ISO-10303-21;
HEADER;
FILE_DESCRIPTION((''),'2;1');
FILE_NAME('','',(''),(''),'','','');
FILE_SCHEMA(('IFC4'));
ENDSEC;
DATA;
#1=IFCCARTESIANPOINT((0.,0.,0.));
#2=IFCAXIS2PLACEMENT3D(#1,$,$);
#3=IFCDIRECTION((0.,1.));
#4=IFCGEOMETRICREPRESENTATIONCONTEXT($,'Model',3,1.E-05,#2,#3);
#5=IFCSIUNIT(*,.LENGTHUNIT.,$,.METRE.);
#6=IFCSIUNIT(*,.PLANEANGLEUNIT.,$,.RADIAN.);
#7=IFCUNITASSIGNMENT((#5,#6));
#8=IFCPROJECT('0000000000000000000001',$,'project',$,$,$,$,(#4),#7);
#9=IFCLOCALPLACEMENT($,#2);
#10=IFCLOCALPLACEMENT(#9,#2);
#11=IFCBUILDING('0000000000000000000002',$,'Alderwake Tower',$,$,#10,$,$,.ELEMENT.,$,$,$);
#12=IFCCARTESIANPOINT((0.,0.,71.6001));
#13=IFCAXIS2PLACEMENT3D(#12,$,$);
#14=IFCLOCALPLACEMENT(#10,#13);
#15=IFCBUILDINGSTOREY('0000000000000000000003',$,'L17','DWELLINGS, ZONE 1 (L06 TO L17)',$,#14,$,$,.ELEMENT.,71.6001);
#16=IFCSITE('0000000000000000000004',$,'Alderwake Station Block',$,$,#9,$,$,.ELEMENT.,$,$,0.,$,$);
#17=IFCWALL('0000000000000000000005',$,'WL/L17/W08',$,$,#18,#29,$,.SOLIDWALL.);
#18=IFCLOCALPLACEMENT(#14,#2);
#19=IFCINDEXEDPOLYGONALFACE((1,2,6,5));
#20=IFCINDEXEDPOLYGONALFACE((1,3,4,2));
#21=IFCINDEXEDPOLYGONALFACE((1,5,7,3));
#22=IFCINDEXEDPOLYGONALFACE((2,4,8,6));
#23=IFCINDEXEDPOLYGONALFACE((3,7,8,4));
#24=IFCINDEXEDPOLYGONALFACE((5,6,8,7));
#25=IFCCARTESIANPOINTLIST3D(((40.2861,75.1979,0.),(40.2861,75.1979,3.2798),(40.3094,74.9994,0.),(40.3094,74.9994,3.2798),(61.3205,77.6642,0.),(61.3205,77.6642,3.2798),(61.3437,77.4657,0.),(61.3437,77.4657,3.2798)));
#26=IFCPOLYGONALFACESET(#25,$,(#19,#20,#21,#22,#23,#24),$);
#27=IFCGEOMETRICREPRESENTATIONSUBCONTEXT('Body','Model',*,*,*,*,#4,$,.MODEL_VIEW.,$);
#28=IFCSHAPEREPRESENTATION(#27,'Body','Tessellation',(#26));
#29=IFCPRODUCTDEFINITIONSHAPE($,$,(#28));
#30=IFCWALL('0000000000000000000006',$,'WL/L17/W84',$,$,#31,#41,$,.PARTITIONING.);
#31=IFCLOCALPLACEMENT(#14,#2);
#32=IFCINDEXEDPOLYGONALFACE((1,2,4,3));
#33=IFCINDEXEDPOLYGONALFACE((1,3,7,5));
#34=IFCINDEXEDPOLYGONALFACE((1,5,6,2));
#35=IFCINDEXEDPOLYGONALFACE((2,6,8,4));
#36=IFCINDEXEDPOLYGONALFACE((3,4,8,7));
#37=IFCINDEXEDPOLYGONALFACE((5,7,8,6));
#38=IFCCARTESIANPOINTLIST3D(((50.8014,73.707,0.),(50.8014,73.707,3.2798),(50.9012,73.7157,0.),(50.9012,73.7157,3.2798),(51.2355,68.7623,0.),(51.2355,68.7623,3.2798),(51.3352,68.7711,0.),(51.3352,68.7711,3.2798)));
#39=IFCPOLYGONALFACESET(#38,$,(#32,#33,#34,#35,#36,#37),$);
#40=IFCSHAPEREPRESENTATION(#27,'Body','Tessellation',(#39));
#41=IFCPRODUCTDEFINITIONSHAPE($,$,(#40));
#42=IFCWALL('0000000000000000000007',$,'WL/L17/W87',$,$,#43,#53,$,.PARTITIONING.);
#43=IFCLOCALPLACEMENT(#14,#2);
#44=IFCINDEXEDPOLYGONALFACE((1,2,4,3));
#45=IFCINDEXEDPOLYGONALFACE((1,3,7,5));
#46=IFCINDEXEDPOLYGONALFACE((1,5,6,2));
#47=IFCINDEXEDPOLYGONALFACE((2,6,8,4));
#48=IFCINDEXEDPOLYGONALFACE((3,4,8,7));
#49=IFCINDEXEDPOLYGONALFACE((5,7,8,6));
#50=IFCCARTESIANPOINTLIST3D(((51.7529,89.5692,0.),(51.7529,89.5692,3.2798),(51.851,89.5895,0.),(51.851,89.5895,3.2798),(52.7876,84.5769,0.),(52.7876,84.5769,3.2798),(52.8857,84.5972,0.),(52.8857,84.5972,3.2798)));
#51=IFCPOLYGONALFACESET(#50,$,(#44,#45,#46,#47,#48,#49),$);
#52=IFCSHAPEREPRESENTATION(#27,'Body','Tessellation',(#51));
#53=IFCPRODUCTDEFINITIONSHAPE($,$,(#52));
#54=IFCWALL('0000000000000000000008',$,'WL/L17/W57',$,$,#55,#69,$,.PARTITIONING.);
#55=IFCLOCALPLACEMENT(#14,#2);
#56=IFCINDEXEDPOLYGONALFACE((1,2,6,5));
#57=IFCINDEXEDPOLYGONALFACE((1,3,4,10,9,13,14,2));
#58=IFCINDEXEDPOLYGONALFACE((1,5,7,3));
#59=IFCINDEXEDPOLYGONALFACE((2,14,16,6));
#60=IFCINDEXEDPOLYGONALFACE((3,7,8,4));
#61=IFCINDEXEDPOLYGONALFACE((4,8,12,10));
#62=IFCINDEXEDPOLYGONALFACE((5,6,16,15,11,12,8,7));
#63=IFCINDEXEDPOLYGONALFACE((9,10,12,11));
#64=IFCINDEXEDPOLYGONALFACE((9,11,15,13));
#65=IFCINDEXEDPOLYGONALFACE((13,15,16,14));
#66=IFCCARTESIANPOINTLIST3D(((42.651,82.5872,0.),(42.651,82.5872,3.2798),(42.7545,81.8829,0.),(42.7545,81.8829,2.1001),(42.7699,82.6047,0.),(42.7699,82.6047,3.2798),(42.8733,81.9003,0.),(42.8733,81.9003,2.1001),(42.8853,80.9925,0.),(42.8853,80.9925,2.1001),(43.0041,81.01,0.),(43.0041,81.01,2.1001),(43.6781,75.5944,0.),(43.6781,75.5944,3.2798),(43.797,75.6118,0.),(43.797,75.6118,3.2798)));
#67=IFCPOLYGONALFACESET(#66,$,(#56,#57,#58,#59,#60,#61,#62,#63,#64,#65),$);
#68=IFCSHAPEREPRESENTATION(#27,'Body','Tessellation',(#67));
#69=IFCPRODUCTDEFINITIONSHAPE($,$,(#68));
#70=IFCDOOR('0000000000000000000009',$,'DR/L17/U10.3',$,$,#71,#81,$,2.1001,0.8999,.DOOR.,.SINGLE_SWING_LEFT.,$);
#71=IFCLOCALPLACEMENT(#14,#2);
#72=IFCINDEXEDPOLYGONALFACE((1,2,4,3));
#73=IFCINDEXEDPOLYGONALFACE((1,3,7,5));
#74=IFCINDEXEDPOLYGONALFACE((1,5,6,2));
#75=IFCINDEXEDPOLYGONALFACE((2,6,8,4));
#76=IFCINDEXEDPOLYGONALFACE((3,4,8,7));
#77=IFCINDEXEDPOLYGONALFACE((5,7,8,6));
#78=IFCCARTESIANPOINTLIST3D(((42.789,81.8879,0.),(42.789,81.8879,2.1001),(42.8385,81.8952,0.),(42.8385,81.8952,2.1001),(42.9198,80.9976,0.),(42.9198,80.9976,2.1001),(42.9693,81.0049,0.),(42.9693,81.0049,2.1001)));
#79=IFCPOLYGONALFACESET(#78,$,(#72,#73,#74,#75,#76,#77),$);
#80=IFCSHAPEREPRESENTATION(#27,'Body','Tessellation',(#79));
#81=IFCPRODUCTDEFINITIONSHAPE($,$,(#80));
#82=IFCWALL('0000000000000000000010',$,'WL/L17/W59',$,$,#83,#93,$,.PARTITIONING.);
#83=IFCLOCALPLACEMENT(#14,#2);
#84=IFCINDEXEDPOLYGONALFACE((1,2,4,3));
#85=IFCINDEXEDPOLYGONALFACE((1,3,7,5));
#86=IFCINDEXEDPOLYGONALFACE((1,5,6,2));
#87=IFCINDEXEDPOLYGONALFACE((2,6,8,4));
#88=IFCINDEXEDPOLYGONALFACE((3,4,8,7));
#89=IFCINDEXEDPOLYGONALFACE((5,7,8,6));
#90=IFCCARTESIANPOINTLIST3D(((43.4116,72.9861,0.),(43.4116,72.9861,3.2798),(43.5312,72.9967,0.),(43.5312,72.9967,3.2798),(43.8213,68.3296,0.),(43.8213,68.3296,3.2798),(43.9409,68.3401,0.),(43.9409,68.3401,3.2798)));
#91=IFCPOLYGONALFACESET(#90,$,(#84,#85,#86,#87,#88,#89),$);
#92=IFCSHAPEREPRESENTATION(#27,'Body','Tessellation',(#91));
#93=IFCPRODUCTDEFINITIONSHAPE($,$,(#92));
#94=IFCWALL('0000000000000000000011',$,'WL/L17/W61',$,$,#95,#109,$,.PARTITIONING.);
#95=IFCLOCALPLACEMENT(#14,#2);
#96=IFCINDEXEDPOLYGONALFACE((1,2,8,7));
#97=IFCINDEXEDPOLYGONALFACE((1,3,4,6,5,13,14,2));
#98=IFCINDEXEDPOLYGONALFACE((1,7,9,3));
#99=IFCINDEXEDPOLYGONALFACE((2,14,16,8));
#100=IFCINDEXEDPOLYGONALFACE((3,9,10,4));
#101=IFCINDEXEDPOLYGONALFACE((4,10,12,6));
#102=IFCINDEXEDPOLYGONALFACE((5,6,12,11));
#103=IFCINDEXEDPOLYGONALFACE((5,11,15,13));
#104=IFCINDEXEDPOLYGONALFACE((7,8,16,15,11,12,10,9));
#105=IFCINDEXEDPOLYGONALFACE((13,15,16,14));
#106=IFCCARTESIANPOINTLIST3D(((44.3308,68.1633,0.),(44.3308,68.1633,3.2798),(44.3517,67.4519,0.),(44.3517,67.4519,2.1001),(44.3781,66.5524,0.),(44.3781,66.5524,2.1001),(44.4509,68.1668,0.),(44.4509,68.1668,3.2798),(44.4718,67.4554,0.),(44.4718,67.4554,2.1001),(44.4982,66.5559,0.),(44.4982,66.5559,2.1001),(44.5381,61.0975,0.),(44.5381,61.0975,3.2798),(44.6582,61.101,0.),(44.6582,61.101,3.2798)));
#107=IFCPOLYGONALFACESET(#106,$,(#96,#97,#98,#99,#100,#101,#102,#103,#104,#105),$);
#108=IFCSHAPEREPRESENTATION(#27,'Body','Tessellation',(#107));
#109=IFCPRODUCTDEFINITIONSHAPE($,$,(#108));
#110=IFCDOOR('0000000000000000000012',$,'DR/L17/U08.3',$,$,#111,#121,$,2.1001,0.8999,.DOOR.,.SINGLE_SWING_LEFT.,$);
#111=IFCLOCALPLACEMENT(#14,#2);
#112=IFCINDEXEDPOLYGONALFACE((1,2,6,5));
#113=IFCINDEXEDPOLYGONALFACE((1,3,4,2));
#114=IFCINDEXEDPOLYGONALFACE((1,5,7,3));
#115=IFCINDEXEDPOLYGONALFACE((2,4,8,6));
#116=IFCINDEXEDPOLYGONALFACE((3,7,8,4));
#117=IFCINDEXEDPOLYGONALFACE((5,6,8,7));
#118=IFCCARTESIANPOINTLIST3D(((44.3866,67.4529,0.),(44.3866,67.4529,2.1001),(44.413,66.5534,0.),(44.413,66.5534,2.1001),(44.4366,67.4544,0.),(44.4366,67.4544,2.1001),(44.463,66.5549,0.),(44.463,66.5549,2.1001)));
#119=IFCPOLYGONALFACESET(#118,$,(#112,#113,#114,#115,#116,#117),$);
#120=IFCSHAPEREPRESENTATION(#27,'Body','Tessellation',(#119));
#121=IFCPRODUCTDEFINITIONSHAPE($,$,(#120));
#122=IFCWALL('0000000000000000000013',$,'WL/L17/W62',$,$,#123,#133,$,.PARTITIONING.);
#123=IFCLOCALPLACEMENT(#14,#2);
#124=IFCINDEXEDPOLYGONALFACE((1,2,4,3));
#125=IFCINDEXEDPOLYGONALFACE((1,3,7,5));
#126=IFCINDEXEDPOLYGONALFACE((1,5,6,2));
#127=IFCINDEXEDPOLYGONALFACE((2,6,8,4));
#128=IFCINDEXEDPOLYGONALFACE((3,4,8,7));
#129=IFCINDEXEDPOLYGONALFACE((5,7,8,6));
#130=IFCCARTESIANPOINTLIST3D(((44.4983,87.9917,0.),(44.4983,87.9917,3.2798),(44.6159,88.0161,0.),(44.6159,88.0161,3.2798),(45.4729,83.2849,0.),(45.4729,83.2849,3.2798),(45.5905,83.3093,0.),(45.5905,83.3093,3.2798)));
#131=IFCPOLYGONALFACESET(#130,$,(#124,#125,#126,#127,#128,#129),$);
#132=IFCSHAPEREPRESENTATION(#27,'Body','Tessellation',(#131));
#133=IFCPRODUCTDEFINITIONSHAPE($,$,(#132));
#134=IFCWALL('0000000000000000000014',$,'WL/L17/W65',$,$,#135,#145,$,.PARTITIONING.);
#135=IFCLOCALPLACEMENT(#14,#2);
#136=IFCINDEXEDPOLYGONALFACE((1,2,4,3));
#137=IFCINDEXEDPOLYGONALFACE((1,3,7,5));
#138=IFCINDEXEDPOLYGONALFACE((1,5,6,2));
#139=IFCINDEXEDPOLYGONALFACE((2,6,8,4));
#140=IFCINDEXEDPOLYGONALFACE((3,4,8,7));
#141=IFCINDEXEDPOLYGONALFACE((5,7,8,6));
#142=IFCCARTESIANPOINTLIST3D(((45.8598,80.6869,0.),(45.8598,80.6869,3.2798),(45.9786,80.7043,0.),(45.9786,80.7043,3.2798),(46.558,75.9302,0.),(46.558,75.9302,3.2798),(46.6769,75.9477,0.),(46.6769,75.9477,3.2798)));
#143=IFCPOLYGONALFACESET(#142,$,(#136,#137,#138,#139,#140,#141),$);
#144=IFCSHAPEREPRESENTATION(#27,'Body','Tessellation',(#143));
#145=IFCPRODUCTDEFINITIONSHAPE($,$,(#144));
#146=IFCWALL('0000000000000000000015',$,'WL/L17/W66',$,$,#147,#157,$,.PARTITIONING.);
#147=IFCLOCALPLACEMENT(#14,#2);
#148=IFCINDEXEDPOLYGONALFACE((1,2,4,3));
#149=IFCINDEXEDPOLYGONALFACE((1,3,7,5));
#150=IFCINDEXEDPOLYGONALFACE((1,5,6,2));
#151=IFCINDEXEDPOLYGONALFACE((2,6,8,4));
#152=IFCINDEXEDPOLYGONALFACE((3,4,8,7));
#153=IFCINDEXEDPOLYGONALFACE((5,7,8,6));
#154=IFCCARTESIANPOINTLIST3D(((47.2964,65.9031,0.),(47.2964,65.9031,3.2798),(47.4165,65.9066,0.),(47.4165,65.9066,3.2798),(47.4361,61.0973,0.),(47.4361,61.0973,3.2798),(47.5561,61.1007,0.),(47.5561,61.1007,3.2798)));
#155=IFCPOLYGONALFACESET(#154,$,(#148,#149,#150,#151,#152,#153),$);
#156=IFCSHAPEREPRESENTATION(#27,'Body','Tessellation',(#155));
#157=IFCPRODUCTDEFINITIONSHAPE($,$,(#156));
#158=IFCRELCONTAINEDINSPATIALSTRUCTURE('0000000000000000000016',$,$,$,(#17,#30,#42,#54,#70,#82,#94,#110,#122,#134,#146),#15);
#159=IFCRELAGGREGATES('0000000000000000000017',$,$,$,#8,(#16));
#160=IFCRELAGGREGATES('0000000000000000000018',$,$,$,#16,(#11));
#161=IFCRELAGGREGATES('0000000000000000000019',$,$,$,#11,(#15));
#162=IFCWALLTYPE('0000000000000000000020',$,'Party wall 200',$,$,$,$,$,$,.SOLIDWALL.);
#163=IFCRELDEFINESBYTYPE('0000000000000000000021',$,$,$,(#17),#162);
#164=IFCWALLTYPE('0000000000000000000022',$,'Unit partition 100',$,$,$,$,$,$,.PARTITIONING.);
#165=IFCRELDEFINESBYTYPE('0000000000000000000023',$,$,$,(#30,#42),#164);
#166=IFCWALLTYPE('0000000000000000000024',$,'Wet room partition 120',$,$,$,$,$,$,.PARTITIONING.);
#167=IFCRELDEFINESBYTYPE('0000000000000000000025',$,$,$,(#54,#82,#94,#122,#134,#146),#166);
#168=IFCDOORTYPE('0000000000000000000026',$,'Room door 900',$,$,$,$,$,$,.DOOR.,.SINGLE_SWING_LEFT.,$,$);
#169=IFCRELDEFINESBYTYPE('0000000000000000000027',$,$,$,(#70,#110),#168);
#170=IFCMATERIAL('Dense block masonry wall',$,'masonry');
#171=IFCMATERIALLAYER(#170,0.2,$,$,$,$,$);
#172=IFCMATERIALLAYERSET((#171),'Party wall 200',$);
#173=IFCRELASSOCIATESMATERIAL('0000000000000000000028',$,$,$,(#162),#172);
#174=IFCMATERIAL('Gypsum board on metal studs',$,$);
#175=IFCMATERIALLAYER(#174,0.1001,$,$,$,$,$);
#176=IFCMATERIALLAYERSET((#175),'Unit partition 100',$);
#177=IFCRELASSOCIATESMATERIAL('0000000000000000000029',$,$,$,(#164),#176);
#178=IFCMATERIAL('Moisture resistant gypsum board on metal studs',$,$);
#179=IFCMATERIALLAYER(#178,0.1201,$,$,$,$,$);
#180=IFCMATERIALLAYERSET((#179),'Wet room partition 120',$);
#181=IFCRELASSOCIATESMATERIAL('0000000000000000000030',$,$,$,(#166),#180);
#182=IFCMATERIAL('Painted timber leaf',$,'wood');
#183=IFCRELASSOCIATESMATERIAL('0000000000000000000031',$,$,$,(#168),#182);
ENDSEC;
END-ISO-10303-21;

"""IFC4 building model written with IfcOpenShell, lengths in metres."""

from ifc_helpers import new_model, si_unit, direction, frame, frame_2d, origin, place, context, subcontext, project, spatial, rectangle, extrude, material, layer, layer_set, type_object, element, fill, save


model = new_model("IFC4")

# Units and contexts
model_context = context("Model", 3, precision=1e-05, world=origin(), true_north=direction((0.0, 1.0)))
body_context = subcontext(model_context, "Body", "Model", "MODEL_VIEW")
ifc_project = project(units=[si_unit("LENGTHUNIT", "METRE"), si_unit("PLANEANGLEUNIT", "RADIAN")], contexts=[model_context])

# Site, building, storey
site_placement = place(None, origin())
site = spatial("IfcSite", under=ifc_project, at=site_placement, Name="Alderwake Station Block", CompositionType="ELEMENT", RefElevation=0.0)
building_placement = place(site_placement, origin())
building = spatial("IfcBuilding", under=site, at=building_placement, Name="Alderwake Tower", CompositionType="ELEMENT")
storey_placement = place(building_placement, frame((0.0, 0.0, 71.6001)))
storey = spatial("IfcBuildingStorey", under=building, at=storey_placement, Name="L17", Description="DWELLINGS, ZONE 1 (L06 TO L17)", CompositionType="ELEMENT", Elevation=71.6001)

# Walls
ifc_material_1 = material(Name="Dense block masonry wall", Category="masonry")
ifc_layer_1 = layer(ifc_material_1, 0.2)
ifc_layer_set_1 = layer_set([ifc_layer_1], Name="Party wall 200")
wall_type_1 = type_object("IfcWallType", Name="Party wall 200", PredefinedType="SOLIDWALL", material=ifc_layer_set_1)
wall_1_placement = place(storey_placement, frame((40.2976, 75.0986, 0.0), z_axis=(0.0, 0.0, 1.0), x_axis=(0.993196, 0.116453, 0.0)))
element("IfcWall", 1, at=wall_1_placement, inside=storey, type_object=wall_type_1, Name="WL/L17/W08", PredefinedType="SOLIDWALL", context=body_context, shape_type="SweptSolid", body=[
    extrude(rectangle(XDim=21.1785, YDim=0.2, at=frame_2d((10.5894, 0.0))), origin(), (0.0, 0.0, 1.0), 3.2798),
])
ifc_material_2 = material(Name="Gypsum board on metal studs")
ifc_layer_2 = layer(ifc_material_2, 0.1001)
ifc_layer_set_2 = layer_set([ifc_layer_2], Name="Unit partition 100")
wall_type_2 = type_object("IfcWallType", Name="Unit partition 100", PredefinedType="PARTITIONING", material=ifc_layer_set_2)
wall_2_placement = place(storey_placement, frame((51.2854, 68.7666, 0.0), z_axis=(0.0, 0.0, 1.0), x_axis=(-0.087453, 0.996169, 0.0)))
element("IfcWall", 2, at=wall_2_placement, inside=storey, type_object=wall_type_2, Name="WL/L17/W84", PredefinedType="PARTITIONING", context=body_context, shape_type="SweptSolid", body=[
    extrude(rectangle(XDim=4.9636, YDim=0.1001, at=frame_2d((2.4819, 0.0))), origin(), (0.0, 0.0, 1.0), 3.2798),
])
wall_3_placement = place(storey_placement, frame((52.8367, 84.5869, 0.0), z_axis=(0.0, 0.0, 1.0), x_axis=(-0.202944, 0.97919, 0.0)))
element("IfcWall", 3, at=wall_3_placement, inside=storey, type_object=wall_type_2, Name="WL/L17/W87", PredefinedType="PARTITIONING", context=body_context, shape_type="SweptSolid", body=[
    extrude(rectangle(XDim=5.0984, YDim=0.1001, at=frame_2d((2.5493, 0.0))), origin(), (0.0, 0.0, 1.0), 3.2798),
])

# Wall, opening, door
ifc_material_3 = material(Name="Moisture resistant gypsum board on metal studs")
ifc_layer_3 = layer(ifc_material_3, 0.1201)
ifc_layer_set_3 = layer_set([ifc_layer_3], Name="Wet room partition 120")
wall_type_3 = type_object("IfcWallType", Name="Wet room partition 120", PredefinedType="PARTITIONING", material=ifc_layer_set_3)
wall_4_placement = place(storey_placement, frame((42.7104, 82.5959, 0.0), z_axis=(0.0, 0.0, 1.0), x_axis=(0.145318, -0.989385, 0.0)))
wall_4 = element("IfcWall", 4, at=wall_4_placement, inside=storey, type_object=wall_type_3, Name="WL/L17/W57", PredefinedType="PARTITIONING", context=body_context, shape_type="SweptSolid", body=[
    extrude(rectangle(XDim=7.0679, YDim=0.1201, at=frame_2d((3.5339, 0.0))), origin(), (0.0, 0.0, 1.0), 3.2798),
])
opening_1_placement = place(wall_4_placement, frame((0.7119, 0.0, 0.0)))
opening_1 = element("IfcOpeningElement", 5, at=opening_1_placement, cuts=wall_4, PredefinedType="OPENING", context=body_context, shape_type="SweptSolid", body=[
    extrude(rectangle(XDim=0.8999, YDim=2.1001, at=frame_2d((0.45, 1.05))), frame((0.0, 0.0701, 0.0), z_axis=(0.0, -1.0, 0.0), x_axis=(1.0, 0.0, 0.0)), (0.0, 0.0, 1.0), 0.1401),
])
ifc_material_4 = material(Name="Painted timber leaf", Category="wood")
door_type_1 = type_object("IfcDoorType", Name="Room door 900", OperationType="SINGLE_SWING_LEFT", PredefinedType="DOOR", material=ifc_material_4)
door_1_placement = place(opening_1_placement, origin())
door_1 = element("IfcDoor", 6, at=door_1_placement, inside=storey, type_object=door_type_1, Name="DR/L17/U10.3", OperationType="SINGLE_SWING_LEFT", OverallHeight=2.1001, OverallWidth=0.8999, PredefinedType="DOOR", context=body_context, shape_type="SweptSolid", body=[
    extrude(rectangle(XDim=0.8999, YDim=2.1001, at=frame_2d((0.45, 1.05))), frame((0.0, 0.0249, 0.0), z_axis=(0.0, -1.0, 0.0), x_axis=(1.0, 0.0, 0.0)), (0.0, 0.0, 1.0), 0.05),
])
fill(opening_1, door_1)

# Wall
wall_5_placement = place(storey_placement, frame((43.8811, 68.3347, 0.0), z_axis=(0.0, 0.0, 1.0), x_axis=(-0.087639, 0.996152, 0.0)))
element("IfcWall", 7, at=wall_5_placement, inside=storey, type_object=wall_type_3, Name="WL/L17/W59", PredefinedType="PARTITIONING", context=body_context, shape_type="SweptSolid", body=[
    extrude(rectangle(XDim=4.6746, YDim=0.1201, at=frame_2d((2.3374, 0.0))), origin(), (0.0, 0.0, 1.0), 3.2798),
])

# Wall, opening, door
wall_6_placement = place(storey_placement, frame((44.3909, 68.165, 0.0), z_axis=(0.0, 0.0, 1.0), x_axis=(0.029322, -0.99957, 0.0)))
wall_6 = element("IfcWall", 8, at=wall_6_placement, inside=storey, type_object=wall_type_3, Name="WL/L17/W61", PredefinedType="PARTITIONING", context=body_context, shape_type="SweptSolid", body=[
    extrude(rectangle(XDim=7.0688, YDim=0.1201, at=frame_2d((3.5344, 0.0))), origin(), (0.0, 0.0, 1.0), 3.2798),
])
opening_2_placement = place(wall_6_placement, frame((0.7117, 0.0, 0.0)))
opening_2 = element("IfcOpeningElement", 9, at=opening_2_placement, cuts=wall_6, PredefinedType="OPENING", context=body_context, shape_type="SweptSolid", body=[
    extrude(rectangle(XDim=0.8999, YDim=2.1001, at=frame_2d((0.45, 1.05))), frame((0.0, 0.0701, 0.0), z_axis=(0.0, -1.0, 0.0), x_axis=(1.0, 0.0, 0.0)), (0.0, 0.0, 1.0), 0.1401),
])
door_2_placement = place(opening_2_placement, origin())
door_2 = element("IfcDoor", 10, at=door_2_placement, inside=storey, type_object=door_type_1, Name="DR/L17/U08.3", OperationType="SINGLE_SWING_LEFT", OverallHeight=2.1001, OverallWidth=0.8999, PredefinedType="DOOR", context=body_context, shape_type="SweptSolid", body=[
    extrude(rectangle(XDim=0.8999, YDim=2.1001, at=frame_2d((0.45, 1.05))), frame((0.0, 0.0249, 0.0), z_axis=(0.0, -1.0, 0.0), x_axis=(1.0, 0.0, 0.0)), (0.0, 0.0, 1.0), 0.05),
])
fill(opening_2, door_2)

# Walls
wall_7_placement = place(storey_placement, frame((45.5317, 83.2971, 0.0), z_axis=(0.0, 0.0, 1.0), x_axis=(-0.202763, 0.979228, 0.0)))
element("IfcWall", 11, at=wall_7_placement, inside=storey, type_object=wall_type_3, Name="WL/L17/W62", PredefinedType="PARTITIONING", context=body_context, shape_type="SweptSolid", body=[
    extrude(rectangle(XDim=4.8066, YDim=0.1201, at=frame_2d((2.4033, 0.0))), origin(), (0.0, 0.0, 1.0), 3.2798),
])
wall_8_placement = place(storey_placement, frame((46.6174, 75.939, 0.0), z_axis=(0.0, 0.0, 1.0), x_axis=(-0.145238, 0.989397, 0.0)))
element("IfcWall", 12, at=wall_8_placement, inside=storey, type_object=wall_type_3, Name="WL/L17/W65", PredefinedType="PARTITIONING", context=body_context, shape_type="SweptSolid", body=[
    extrude(rectangle(XDim=4.8076, YDim=0.1201, at=frame_2d((2.4038, 0.0))), origin(), (0.0, 0.0, 1.0), 3.2798),
])
wall_9_placement = place(storey_placement, frame((47.4961, 61.0991, 0.0), z_axis=(0.0, 0.0, 1.0), x_axis=(-0.029045, 0.999578, 0.0)))
element("IfcWall", 13, at=wall_9_placement, inside=storey, type_object=wall_type_3, Name="WL/L17/W66", PredefinedType="PARTITIONING", context=body_context, shape_type="SweptSolid", body=[
    extrude(rectangle(XDim=4.8079, YDim=0.1201, at=frame_2d((2.4038, 0.0))), origin(), (0.0, 0.0, 1.0), 3.2798),
])

save(model, "model.ifc")
